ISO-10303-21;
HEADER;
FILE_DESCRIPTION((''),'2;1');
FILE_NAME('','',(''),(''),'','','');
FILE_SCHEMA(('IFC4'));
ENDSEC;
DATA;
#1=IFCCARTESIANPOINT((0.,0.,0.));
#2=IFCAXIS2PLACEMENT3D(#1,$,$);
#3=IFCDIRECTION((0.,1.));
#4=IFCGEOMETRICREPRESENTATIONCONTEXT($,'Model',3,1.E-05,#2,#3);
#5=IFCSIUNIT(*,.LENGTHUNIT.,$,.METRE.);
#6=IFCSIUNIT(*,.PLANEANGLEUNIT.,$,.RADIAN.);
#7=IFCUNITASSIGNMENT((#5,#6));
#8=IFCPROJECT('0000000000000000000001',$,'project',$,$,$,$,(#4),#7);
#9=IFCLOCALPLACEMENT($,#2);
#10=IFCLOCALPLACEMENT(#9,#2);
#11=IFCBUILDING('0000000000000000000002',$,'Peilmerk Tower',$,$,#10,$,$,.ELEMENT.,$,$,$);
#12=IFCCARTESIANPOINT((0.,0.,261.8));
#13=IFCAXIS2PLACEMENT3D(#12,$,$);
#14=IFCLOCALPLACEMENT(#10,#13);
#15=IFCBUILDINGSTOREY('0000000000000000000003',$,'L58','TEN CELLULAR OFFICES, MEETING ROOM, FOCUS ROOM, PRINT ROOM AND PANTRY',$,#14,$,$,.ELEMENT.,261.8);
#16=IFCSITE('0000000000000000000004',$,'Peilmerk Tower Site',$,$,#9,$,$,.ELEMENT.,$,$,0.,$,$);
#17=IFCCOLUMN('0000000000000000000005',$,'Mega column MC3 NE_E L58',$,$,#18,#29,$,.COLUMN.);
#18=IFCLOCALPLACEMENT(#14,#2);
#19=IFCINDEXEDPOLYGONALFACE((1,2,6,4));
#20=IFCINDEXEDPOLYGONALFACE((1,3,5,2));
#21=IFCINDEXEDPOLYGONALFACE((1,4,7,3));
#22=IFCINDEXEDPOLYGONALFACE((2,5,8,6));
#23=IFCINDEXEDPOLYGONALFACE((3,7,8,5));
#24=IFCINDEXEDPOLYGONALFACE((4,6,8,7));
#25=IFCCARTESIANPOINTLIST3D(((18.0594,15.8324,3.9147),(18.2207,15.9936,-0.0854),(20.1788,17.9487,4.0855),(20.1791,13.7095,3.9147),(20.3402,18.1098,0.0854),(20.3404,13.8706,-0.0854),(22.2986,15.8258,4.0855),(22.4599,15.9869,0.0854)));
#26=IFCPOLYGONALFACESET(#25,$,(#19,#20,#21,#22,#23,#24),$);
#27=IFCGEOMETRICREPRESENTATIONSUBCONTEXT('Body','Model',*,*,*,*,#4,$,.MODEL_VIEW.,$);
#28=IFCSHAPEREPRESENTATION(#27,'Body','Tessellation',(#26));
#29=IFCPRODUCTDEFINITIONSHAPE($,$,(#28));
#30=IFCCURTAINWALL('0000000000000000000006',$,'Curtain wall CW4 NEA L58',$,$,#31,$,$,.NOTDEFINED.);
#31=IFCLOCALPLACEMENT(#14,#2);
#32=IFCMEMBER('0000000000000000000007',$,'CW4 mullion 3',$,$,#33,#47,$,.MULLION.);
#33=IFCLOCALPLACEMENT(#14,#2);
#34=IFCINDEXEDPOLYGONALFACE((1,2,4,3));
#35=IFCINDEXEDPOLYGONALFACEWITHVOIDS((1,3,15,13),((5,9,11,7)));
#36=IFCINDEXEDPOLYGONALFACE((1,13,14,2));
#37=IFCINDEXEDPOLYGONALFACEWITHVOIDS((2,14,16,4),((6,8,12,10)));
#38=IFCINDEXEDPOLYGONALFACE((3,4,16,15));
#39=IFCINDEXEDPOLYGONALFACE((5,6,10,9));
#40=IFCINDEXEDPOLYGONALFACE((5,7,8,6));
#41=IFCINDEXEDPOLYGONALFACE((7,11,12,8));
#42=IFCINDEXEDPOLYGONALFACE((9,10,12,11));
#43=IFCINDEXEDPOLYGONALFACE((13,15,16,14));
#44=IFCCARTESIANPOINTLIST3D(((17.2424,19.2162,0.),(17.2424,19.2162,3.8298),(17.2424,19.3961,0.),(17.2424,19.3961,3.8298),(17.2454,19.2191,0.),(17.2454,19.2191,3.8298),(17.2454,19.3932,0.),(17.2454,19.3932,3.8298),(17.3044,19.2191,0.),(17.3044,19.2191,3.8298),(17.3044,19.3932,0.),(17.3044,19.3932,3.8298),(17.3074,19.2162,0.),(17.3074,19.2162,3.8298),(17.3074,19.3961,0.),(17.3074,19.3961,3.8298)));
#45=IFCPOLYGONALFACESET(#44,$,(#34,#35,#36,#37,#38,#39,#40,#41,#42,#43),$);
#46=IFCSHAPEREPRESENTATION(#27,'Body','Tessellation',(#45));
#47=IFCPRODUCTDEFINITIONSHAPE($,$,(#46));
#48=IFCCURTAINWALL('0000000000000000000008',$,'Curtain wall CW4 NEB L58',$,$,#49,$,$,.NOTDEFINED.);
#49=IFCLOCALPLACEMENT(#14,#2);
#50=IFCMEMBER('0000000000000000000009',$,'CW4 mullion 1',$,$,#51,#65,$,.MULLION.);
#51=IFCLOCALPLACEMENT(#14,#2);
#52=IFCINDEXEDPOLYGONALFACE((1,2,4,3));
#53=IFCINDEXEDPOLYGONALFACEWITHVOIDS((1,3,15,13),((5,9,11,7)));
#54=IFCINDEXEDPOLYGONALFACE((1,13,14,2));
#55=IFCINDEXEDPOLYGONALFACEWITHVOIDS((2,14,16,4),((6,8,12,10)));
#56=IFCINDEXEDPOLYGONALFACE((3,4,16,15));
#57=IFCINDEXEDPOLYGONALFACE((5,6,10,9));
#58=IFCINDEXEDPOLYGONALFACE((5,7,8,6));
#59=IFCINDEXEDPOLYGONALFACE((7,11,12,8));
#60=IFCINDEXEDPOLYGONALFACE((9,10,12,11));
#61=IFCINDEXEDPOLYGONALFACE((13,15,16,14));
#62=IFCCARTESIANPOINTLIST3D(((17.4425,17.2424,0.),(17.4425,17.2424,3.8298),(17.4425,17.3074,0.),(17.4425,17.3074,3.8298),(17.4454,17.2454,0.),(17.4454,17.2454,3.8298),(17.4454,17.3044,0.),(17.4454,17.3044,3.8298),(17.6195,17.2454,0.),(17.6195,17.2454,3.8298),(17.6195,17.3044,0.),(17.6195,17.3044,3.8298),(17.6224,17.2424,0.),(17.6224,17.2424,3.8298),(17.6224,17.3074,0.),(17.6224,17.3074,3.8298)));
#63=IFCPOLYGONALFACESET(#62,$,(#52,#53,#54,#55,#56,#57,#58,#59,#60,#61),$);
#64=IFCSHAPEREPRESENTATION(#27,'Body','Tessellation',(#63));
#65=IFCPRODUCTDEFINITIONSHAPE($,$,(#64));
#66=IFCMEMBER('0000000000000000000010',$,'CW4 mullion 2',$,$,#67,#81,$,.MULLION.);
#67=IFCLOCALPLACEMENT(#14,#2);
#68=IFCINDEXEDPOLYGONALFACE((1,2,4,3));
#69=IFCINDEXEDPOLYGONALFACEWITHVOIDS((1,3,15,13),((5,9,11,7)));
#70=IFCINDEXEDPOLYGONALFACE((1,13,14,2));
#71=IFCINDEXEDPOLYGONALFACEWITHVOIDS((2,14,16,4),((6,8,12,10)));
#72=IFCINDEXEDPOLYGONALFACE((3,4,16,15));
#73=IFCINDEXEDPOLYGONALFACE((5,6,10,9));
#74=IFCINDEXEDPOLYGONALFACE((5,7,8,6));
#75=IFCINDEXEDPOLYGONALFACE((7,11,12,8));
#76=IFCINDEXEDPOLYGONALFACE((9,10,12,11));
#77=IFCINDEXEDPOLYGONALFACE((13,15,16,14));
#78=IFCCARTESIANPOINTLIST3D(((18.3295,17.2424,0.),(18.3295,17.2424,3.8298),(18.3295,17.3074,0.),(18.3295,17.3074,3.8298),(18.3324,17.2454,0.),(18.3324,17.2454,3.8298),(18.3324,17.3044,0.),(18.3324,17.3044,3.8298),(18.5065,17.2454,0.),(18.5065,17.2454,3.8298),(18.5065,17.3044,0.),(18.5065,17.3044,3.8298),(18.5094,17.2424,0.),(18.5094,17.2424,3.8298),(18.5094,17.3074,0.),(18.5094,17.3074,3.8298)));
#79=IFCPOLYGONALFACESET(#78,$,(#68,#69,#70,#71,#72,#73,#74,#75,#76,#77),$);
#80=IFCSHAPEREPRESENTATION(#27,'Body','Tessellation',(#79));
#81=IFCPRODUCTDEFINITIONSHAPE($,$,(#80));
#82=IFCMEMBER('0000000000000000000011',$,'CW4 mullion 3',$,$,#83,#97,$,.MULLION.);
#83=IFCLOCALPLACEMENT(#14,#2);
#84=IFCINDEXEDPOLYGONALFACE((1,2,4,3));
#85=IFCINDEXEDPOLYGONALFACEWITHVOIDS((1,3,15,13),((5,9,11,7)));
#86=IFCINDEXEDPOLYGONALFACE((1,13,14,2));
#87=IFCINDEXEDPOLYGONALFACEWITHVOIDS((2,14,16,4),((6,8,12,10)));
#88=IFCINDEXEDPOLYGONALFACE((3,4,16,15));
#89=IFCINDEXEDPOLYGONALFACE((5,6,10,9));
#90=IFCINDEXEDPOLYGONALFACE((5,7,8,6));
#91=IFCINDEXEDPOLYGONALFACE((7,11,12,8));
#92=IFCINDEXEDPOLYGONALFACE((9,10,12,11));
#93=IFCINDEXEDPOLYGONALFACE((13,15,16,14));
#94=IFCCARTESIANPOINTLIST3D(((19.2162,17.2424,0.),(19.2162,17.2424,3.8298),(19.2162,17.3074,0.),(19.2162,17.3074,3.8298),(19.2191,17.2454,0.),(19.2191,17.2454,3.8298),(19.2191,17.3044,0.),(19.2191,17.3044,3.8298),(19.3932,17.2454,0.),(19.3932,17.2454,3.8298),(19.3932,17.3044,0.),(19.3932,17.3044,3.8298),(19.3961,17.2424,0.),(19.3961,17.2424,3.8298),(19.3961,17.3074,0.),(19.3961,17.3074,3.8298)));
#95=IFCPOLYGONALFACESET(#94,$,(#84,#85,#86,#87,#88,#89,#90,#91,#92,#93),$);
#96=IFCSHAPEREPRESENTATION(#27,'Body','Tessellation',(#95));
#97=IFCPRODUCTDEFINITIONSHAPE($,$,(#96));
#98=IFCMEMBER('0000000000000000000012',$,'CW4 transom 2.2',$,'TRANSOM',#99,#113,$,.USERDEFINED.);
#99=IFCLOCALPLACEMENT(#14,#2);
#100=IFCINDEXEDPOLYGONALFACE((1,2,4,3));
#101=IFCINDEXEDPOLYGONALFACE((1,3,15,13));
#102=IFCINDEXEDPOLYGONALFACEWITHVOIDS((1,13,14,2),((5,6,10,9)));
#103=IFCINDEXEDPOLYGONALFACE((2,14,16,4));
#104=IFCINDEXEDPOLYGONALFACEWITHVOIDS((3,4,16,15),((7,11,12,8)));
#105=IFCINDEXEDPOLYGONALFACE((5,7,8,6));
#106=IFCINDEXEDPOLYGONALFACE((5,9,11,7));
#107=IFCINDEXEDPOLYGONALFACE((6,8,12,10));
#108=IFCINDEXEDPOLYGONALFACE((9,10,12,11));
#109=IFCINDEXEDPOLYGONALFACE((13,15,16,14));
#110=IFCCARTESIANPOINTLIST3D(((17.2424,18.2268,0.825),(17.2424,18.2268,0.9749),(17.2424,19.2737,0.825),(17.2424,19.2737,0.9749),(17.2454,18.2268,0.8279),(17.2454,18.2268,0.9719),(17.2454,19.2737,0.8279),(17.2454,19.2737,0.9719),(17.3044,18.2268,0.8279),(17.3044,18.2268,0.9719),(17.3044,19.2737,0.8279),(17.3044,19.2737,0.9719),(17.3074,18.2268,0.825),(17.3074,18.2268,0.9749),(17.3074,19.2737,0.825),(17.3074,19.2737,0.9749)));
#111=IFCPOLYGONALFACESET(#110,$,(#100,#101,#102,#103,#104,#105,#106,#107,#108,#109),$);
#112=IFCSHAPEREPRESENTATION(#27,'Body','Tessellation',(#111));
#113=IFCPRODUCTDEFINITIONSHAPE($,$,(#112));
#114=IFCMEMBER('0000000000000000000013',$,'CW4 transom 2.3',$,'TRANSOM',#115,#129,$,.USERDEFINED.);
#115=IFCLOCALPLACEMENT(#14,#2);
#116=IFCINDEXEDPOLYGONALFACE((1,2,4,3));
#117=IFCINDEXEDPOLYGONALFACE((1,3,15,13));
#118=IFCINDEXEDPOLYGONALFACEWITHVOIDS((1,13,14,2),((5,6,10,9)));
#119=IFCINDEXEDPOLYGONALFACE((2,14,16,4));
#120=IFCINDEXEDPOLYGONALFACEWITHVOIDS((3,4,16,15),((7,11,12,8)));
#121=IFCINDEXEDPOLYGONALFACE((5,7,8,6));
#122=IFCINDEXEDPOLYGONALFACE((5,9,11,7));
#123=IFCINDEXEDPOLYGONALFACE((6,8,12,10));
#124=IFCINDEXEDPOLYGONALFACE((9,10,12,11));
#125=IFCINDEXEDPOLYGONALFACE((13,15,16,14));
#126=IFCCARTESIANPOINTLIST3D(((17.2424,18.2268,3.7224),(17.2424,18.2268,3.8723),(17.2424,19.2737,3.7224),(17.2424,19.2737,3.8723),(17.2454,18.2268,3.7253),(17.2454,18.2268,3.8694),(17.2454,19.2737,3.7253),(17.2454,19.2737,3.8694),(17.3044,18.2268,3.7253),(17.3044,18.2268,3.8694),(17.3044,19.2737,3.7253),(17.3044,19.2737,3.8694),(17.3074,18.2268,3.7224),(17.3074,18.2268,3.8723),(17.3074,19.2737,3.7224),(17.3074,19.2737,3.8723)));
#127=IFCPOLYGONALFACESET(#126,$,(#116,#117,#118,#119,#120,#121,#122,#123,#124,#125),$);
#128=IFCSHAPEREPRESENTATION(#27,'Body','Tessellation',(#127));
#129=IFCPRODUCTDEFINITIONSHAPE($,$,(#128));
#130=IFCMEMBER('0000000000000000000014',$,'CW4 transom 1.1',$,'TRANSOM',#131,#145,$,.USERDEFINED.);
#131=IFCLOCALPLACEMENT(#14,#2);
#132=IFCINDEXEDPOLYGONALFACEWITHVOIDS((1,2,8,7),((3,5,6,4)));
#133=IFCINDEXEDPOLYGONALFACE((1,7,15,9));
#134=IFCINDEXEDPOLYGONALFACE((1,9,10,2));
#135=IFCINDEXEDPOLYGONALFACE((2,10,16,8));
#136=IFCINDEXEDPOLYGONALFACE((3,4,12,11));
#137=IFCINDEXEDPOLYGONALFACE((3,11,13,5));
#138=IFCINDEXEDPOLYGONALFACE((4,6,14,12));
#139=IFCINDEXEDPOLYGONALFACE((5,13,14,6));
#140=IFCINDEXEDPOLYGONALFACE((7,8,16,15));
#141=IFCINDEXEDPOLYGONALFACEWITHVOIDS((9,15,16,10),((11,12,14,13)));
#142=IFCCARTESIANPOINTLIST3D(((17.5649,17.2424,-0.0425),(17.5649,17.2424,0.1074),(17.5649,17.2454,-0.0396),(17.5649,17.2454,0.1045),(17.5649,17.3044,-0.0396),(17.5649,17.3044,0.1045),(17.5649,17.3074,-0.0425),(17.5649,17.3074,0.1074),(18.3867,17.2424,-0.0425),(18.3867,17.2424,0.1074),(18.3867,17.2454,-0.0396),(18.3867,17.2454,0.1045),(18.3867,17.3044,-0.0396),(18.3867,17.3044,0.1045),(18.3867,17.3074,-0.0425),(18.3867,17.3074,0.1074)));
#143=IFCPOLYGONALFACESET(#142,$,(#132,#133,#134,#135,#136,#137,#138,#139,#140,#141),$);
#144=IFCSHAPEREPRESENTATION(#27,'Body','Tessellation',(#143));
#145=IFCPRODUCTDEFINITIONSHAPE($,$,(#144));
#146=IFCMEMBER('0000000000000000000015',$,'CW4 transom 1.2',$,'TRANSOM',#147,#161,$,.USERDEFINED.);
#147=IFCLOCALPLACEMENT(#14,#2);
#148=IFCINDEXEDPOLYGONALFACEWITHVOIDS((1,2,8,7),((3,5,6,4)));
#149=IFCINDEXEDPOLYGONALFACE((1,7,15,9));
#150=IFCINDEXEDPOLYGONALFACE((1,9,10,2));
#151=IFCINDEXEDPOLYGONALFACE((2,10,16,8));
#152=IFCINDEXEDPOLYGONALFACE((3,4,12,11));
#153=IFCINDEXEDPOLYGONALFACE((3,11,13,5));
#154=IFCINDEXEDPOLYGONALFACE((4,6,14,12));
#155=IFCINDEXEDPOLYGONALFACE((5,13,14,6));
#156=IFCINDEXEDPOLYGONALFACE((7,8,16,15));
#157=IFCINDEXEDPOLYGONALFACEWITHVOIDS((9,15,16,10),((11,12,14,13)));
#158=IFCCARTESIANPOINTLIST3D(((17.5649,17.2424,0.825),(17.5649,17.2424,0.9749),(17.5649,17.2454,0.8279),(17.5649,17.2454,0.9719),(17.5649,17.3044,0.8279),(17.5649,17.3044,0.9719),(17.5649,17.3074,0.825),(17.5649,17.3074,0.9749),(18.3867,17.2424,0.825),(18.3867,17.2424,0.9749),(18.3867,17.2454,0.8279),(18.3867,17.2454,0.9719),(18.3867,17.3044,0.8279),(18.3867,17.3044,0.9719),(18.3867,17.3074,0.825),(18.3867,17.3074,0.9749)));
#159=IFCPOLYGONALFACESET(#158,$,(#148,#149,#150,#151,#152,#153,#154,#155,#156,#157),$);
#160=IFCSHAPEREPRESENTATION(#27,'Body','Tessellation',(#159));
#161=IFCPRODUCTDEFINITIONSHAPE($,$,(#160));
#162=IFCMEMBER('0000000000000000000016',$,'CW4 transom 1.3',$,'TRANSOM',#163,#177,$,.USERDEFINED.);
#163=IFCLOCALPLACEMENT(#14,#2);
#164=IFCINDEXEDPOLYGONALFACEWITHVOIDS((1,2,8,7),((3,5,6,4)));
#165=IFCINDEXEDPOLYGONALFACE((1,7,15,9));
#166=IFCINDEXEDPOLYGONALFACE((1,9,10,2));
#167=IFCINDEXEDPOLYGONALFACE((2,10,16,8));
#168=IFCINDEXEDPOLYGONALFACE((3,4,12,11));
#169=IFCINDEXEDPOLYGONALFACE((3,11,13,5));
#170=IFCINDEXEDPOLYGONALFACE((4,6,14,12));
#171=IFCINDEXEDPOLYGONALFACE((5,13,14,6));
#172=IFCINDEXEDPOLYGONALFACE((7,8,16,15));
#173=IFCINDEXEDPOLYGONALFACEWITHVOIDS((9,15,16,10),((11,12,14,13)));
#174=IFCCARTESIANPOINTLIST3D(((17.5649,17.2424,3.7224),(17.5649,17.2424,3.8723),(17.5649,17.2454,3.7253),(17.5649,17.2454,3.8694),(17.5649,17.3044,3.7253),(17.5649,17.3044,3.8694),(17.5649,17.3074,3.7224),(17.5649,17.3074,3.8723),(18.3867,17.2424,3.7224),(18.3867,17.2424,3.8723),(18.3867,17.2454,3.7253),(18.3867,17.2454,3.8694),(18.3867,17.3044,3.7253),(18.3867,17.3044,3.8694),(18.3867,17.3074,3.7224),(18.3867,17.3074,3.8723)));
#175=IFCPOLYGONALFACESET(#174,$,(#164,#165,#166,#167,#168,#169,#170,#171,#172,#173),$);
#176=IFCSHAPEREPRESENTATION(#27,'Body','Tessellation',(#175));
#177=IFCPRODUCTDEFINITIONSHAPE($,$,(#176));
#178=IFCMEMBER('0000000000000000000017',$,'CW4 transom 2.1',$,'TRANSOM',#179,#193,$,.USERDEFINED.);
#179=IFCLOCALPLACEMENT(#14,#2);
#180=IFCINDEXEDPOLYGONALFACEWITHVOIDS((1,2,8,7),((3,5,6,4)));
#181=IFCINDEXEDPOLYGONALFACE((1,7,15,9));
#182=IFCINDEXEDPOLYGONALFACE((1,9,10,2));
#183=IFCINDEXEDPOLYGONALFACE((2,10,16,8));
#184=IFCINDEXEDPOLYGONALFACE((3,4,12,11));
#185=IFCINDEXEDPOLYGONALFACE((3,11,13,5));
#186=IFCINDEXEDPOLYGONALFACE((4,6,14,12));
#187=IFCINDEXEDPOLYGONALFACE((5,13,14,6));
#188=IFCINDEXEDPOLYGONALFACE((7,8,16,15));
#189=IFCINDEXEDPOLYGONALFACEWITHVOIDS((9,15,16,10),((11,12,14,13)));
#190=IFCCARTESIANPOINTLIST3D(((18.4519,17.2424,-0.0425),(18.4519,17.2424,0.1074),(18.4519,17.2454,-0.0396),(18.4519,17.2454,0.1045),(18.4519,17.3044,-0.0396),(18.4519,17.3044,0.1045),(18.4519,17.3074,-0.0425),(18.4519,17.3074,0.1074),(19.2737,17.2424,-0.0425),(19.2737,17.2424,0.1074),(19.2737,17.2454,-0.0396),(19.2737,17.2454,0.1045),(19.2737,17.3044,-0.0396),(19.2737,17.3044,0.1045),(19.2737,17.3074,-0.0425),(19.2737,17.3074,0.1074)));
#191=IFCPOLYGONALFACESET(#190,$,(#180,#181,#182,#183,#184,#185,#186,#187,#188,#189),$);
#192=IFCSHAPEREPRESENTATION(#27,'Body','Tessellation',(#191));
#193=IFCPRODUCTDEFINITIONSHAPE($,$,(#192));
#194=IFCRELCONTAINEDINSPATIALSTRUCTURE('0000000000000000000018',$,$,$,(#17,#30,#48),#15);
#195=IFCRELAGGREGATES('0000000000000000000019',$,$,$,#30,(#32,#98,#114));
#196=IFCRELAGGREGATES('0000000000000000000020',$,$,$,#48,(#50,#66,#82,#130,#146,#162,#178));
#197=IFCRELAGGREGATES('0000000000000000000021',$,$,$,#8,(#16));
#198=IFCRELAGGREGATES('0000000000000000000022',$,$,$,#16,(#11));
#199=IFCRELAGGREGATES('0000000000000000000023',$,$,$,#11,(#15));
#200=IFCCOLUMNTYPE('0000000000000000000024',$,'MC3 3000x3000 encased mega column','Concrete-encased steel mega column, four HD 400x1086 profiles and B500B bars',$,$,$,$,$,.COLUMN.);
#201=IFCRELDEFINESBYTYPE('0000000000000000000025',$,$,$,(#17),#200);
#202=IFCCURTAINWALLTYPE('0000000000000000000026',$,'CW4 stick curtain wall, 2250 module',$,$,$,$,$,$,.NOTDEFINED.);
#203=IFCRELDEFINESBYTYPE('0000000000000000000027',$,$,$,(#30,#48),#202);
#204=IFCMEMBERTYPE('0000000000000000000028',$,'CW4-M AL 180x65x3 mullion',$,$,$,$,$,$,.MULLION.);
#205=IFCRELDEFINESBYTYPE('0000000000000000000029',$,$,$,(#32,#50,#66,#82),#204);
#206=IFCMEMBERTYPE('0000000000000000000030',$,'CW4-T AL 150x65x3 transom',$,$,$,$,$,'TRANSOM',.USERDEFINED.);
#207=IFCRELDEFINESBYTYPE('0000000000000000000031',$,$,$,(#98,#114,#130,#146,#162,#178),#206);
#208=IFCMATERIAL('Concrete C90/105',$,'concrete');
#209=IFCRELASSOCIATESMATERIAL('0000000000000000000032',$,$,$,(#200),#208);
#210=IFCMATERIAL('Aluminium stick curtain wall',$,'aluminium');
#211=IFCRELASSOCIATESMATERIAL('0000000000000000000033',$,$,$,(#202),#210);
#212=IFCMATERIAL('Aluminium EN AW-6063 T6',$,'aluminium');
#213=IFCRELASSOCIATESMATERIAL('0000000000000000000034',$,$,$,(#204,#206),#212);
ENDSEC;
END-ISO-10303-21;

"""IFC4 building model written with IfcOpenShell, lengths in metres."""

from ifc_helpers import new_model, si_unit, direction, frame, origin, origin_2d, place, context, subcontext, project, spatial, rectangle, hollow_rectangle, extrude, material, material_profile, profile_set, type_object, element, aggregate, save


model = new_model("IFC4")

# Units and contexts
model_context = context("Model", 3, precision=1e-05, world=origin(), true_north=direction((0.0, 1.0)))
body_context = subcontext(model_context, "Body", "Model", "MODEL_VIEW")
ifc_project = project(units=[si_unit("LENGTHUNIT", "METRE"), si_unit("PLANEANGLEUNIT", "RADIAN")], contexts=[model_context])

# Site, building, storey
site_placement = place(None, origin())
site = spatial("IfcSite", under=ifc_project, at=site_placement, Name="Peilmerk Tower Site", CompositionType="ELEMENT", RefElevation=0.0)
building_placement = place(site_placement, origin())
building = spatial("IfcBuilding", under=site, at=building_placement, Name="Peilmerk Tower", CompositionType="ELEMENT")
storey_placement = place(building_placement, frame((0.0, 0.0, 261.8)))
storey = spatial("IfcBuildingStorey", under=building, at=storey_placement, Name="L58", Description="TEN CELLULAR OFFICES, MEETING ROOM, FOCUS ROOM, PRINT ROOM AND PANTRY", CompositionType="ELEMENT", Elevation=261.8)

# Column
ifc_material_1 = material(Name="Concrete C90/105", Category="concrete")
ifc_material_profile_1 = material_profile(ifc_material_1, rectangle(XDim=3.0, YDim=3.0, at=origin_2d()), Name="RC 3000x3000")
ifc_profile_set_1 = profile_set([ifc_material_profile_1], Name="Concrete C90/105")
column_type = type_object("IfcColumnType", Name="MC3 3000x3000 encased mega column", Description="Concrete-encased steel mega column, four HD 400x1086 profiles and B500B bars", PredefinedType="COLUMN", material=ifc_profile_set_1)
column_placement = place(storey_placement, frame((20.3403, 15.9902, 0.0), z_axis=(-0.040279, -0.040218, 0.998379), x_axis=(0.706571, -0.707642, 0.0)))
element("IfcColumn", 1, at=column_placement, inside=storey, type_object=column_type, Name="Mega column MC3 NE_E L58", PredefinedType="COLUMN", context=body_context, shape_type="SweptSolid", body=[
    extrude(rectangle(XDim=3.0, YDim=3.0, at=origin_2d()), origin(), (0.0, 0.0, 1.0), 4.0066),
])

# Curtain wall, member
ifc_material_2 = material(Name="Aluminium stick curtain wall", Category="aluminium")
curtain_wall_type = type_object("IfcCurtainWallType", Name="CW4 stick curtain wall, 2250 module", PredefinedType="NOTDEFINED", material=ifc_material_2)
curtain_wall_1_placement = place(storey_placement, origin())
curtain_wall_1 = element("IfcCurtainWall", 2, at=curtain_wall_1_placement, inside=storey, type_object=curtain_wall_type, Name="Curtain wall CW4 NEA L58", PredefinedType="NOTDEFINED")
ifc_material_3 = material(Name="Aluminium EN AW-6063 T6", Category="aluminium")
ifc_material_profile_2 = material_profile(ifc_material_3, hollow_rectangle(XDim=0.0649, YDim=0.1799, WallThickness=0.0029, at=origin_2d()), Name="AL 180x65x3")
ifc_profile_set_2 = profile_set([ifc_material_profile_2], Name="Aluminium EN AW-6063 T6")
member_type_1 = type_object("IfcMemberType", Name="CW4-M AL 180x65x3 mullion", PredefinedType="MULLION", material=ifc_profile_set_2)
member_1_placement = place(storey_placement, frame((17.2749, 19.3062, 0.0), z_axis=(0.0, 0.0, 1.0), x_axis=(-1.0, 0.0, 0.0)))
member_1 = element("IfcMember", 3, at=member_1_placement, type_object=member_type_1, Name="CW4 mullion 3", PredefinedType="MULLION", context=body_context, shape_type="SweptSolid", body=[
    extrude(hollow_rectangle(XDim=0.0649, YDim=0.1799, WallThickness=0.0029, at=origin_2d()), origin(), (0.0, 0.0, 1.0), 3.8298),
])

# Curtain wall, members
curtain_wall_2_placement = place(storey_placement, origin())
curtain_wall_2 = element("IfcCurtainWall", 4, at=curtain_wall_2_placement, inside=storey, type_object=curtain_wall_type, Name="Curtain wall CW4 NEB L58", PredefinedType="NOTDEFINED")
member_2_placement = place(storey_placement, frame((17.5325, 17.2749, 0.0), z_axis=(0.0, 0.0, 1.0), x_axis=(0.0, 1.0, 0.0)))
member_2 = element("IfcMember", 5, at=member_2_placement, type_object=member_type_1, Name="CW4 mullion 1", PredefinedType="MULLION", context=body_context, shape_type="SweptSolid", body=[
    extrude(hollow_rectangle(XDim=0.0649, YDim=0.1799, WallThickness=0.0029, at=origin_2d()), origin(), (0.0, 0.0, 1.0), 3.8298),
])
member_3_placement = place(storey_placement, frame((18.4194, 17.2749, 0.0), z_axis=(0.0, 0.0, 1.0), x_axis=(0.0, 1.0, 0.0)))
member_3 = element("IfcMember", 6, at=member_3_placement, type_object=member_type_1, Name="CW4 mullion 2", PredefinedType="MULLION", context=body_context, shape_type="SweptSolid", body=[
    extrude(hollow_rectangle(XDim=0.0649, YDim=0.1799, WallThickness=0.0029, at=origin_2d()), origin(), (0.0, 0.0, 1.0), 3.8298),
])
member_4_placement = place(storey_placement, frame((19.3062, 17.2749, 0.0), z_axis=(0.0, 0.0, 1.0), x_axis=(0.0, 1.0, 0.0)))
member_4 = element("IfcMember", 7, at=member_4_placement, type_object=member_type_1, Name="CW4 mullion 3", PredefinedType="MULLION", context=body_context, shape_type="SweptSolid", body=[
    extrude(hollow_rectangle(XDim=0.0649, YDim=0.1799, WallThickness=0.0029, at=origin_2d()), origin(), (0.0, 0.0, 1.0), 3.8298),
])

# Members
ifc_material_profile_3 = material_profile(ifc_material_3, hollow_rectangle(XDim=0.0649, YDim=0.1499, WallThickness=0.0029, at=origin_2d()), Name="AL 150x65x3")
ifc_profile_set_3 = profile_set([ifc_material_profile_3], Name="Aluminium EN AW-6063 T6")
member_type_2 = type_object("IfcMemberType", Name="CW4-T AL 150x65x3 transom", ElementType="TRANSOM", PredefinedType="USERDEFINED", material=ifc_profile_set_3)
member_5_placement = place(storey_placement, frame((17.2749, 18.2268, 0.8999), z_axis=(0.0, 1.0, 0.0), x_axis=(-1.0, 0.0, 0.0)))
member_5 = element("IfcMember", 8, at=member_5_placement, type_object=member_type_2, Name="CW4 transom 2.2", ObjectType="TRANSOM", PredefinedType="USERDEFINED", context=body_context, shape_type="SweptSolid", body=[
    extrude(hollow_rectangle(XDim=0.0649, YDim=0.1499, WallThickness=0.0029, at=origin_2d()), origin(), (0.0, 0.0, 1.0), 1.0469),
])
member_6_placement = place(storey_placement, frame((17.2749, 18.2268, 3.7974), z_axis=(0.0, 1.0, 0.0), x_axis=(-1.0, 0.0, 0.0)))
member_6 = element("IfcMember", 9, at=member_6_placement, type_object=member_type_2, Name="CW4 transom 2.3", ObjectType="TRANSOM", PredefinedType="USERDEFINED", context=body_context, shape_type="SweptSolid", body=[
    extrude(hollow_rectangle(XDim=0.0649, YDim=0.1499, WallThickness=0.0029, at=origin_2d()), origin(), (0.0, 0.0, 1.0), 1.0469),
])
member_7_placement = place(storey_placement, frame((17.5649, 17.2749, 0.0325), z_axis=(1.0, 0.0, 0.0), x_axis=(0.0, 1.0, 0.0)))
member_7 = element("IfcMember", 10, at=member_7_placement, type_object=member_type_2, Name="CW4 transom 1.1", ObjectType="TRANSOM", PredefinedType="USERDEFINED", context=body_context, shape_type="SweptSolid", body=[
    extrude(hollow_rectangle(XDim=0.0649, YDim=0.1499, WallThickness=0.0029, at=origin_2d()), origin(), (0.0, 0.0, 1.0), 0.8218),
])
member_8_placement = place(storey_placement, frame((17.5649, 17.2749, 0.8999), z_axis=(1.0, 0.0, 0.0), x_axis=(0.0, 1.0, 0.0)))
member_8 = element("IfcMember", 11, at=member_8_placement, type_object=member_type_2, Name="CW4 transom 1.2", ObjectType="TRANSOM", PredefinedType="USERDEFINED", context=body_context, shape_type="SweptSolid", body=[
    extrude(hollow_rectangle(XDim=0.0649, YDim=0.1499, WallThickness=0.0029, at=origin_2d()), origin(), (0.0, 0.0, 1.0), 0.8218),
])
member_9_placement = place(storey_placement, frame((17.5649, 17.2749, 3.7974), z_axis=(1.0, 0.0, 0.0), x_axis=(0.0, 1.0, 0.0)))
member_9 = element("IfcMember", 12, at=member_9_placement, type_object=member_type_2, Name="CW4 transom 1.3", ObjectType="TRANSOM", PredefinedType="USERDEFINED", context=body_context, shape_type="SweptSolid", body=[
    extrude(hollow_rectangle(XDim=0.0649, YDim=0.1499, WallThickness=0.0029, at=origin_2d()), origin(), (0.0, 0.0, 1.0), 0.8218),
])
member_10_placement = place(storey_placement, frame((18.4519, 17.2749, 0.0325), z_axis=(1.0, 0.0, 0.0), x_axis=(0.0, 1.0, 0.0)))
member_10 = element("IfcMember", 13, at=member_10_placement, type_object=member_type_2, Name="CW4 transom 2.1", ObjectType="TRANSOM", PredefinedType="USERDEFINED", context=body_context, shape_type="SweptSolid", body=[
    extrude(hollow_rectangle(XDim=0.0649, YDim=0.1499, WallThickness=0.0029, at=origin_2d()), origin(), (0.0, 0.0, 1.0), 0.8218),
])

aggregate(curtain_wall_1, [member_1, member_5, member_6])
aggregate(curtain_wall_2, [member_2, member_3, member_4, member_7, member_8, member_9, member_10])

save(model, "model.ifc")
